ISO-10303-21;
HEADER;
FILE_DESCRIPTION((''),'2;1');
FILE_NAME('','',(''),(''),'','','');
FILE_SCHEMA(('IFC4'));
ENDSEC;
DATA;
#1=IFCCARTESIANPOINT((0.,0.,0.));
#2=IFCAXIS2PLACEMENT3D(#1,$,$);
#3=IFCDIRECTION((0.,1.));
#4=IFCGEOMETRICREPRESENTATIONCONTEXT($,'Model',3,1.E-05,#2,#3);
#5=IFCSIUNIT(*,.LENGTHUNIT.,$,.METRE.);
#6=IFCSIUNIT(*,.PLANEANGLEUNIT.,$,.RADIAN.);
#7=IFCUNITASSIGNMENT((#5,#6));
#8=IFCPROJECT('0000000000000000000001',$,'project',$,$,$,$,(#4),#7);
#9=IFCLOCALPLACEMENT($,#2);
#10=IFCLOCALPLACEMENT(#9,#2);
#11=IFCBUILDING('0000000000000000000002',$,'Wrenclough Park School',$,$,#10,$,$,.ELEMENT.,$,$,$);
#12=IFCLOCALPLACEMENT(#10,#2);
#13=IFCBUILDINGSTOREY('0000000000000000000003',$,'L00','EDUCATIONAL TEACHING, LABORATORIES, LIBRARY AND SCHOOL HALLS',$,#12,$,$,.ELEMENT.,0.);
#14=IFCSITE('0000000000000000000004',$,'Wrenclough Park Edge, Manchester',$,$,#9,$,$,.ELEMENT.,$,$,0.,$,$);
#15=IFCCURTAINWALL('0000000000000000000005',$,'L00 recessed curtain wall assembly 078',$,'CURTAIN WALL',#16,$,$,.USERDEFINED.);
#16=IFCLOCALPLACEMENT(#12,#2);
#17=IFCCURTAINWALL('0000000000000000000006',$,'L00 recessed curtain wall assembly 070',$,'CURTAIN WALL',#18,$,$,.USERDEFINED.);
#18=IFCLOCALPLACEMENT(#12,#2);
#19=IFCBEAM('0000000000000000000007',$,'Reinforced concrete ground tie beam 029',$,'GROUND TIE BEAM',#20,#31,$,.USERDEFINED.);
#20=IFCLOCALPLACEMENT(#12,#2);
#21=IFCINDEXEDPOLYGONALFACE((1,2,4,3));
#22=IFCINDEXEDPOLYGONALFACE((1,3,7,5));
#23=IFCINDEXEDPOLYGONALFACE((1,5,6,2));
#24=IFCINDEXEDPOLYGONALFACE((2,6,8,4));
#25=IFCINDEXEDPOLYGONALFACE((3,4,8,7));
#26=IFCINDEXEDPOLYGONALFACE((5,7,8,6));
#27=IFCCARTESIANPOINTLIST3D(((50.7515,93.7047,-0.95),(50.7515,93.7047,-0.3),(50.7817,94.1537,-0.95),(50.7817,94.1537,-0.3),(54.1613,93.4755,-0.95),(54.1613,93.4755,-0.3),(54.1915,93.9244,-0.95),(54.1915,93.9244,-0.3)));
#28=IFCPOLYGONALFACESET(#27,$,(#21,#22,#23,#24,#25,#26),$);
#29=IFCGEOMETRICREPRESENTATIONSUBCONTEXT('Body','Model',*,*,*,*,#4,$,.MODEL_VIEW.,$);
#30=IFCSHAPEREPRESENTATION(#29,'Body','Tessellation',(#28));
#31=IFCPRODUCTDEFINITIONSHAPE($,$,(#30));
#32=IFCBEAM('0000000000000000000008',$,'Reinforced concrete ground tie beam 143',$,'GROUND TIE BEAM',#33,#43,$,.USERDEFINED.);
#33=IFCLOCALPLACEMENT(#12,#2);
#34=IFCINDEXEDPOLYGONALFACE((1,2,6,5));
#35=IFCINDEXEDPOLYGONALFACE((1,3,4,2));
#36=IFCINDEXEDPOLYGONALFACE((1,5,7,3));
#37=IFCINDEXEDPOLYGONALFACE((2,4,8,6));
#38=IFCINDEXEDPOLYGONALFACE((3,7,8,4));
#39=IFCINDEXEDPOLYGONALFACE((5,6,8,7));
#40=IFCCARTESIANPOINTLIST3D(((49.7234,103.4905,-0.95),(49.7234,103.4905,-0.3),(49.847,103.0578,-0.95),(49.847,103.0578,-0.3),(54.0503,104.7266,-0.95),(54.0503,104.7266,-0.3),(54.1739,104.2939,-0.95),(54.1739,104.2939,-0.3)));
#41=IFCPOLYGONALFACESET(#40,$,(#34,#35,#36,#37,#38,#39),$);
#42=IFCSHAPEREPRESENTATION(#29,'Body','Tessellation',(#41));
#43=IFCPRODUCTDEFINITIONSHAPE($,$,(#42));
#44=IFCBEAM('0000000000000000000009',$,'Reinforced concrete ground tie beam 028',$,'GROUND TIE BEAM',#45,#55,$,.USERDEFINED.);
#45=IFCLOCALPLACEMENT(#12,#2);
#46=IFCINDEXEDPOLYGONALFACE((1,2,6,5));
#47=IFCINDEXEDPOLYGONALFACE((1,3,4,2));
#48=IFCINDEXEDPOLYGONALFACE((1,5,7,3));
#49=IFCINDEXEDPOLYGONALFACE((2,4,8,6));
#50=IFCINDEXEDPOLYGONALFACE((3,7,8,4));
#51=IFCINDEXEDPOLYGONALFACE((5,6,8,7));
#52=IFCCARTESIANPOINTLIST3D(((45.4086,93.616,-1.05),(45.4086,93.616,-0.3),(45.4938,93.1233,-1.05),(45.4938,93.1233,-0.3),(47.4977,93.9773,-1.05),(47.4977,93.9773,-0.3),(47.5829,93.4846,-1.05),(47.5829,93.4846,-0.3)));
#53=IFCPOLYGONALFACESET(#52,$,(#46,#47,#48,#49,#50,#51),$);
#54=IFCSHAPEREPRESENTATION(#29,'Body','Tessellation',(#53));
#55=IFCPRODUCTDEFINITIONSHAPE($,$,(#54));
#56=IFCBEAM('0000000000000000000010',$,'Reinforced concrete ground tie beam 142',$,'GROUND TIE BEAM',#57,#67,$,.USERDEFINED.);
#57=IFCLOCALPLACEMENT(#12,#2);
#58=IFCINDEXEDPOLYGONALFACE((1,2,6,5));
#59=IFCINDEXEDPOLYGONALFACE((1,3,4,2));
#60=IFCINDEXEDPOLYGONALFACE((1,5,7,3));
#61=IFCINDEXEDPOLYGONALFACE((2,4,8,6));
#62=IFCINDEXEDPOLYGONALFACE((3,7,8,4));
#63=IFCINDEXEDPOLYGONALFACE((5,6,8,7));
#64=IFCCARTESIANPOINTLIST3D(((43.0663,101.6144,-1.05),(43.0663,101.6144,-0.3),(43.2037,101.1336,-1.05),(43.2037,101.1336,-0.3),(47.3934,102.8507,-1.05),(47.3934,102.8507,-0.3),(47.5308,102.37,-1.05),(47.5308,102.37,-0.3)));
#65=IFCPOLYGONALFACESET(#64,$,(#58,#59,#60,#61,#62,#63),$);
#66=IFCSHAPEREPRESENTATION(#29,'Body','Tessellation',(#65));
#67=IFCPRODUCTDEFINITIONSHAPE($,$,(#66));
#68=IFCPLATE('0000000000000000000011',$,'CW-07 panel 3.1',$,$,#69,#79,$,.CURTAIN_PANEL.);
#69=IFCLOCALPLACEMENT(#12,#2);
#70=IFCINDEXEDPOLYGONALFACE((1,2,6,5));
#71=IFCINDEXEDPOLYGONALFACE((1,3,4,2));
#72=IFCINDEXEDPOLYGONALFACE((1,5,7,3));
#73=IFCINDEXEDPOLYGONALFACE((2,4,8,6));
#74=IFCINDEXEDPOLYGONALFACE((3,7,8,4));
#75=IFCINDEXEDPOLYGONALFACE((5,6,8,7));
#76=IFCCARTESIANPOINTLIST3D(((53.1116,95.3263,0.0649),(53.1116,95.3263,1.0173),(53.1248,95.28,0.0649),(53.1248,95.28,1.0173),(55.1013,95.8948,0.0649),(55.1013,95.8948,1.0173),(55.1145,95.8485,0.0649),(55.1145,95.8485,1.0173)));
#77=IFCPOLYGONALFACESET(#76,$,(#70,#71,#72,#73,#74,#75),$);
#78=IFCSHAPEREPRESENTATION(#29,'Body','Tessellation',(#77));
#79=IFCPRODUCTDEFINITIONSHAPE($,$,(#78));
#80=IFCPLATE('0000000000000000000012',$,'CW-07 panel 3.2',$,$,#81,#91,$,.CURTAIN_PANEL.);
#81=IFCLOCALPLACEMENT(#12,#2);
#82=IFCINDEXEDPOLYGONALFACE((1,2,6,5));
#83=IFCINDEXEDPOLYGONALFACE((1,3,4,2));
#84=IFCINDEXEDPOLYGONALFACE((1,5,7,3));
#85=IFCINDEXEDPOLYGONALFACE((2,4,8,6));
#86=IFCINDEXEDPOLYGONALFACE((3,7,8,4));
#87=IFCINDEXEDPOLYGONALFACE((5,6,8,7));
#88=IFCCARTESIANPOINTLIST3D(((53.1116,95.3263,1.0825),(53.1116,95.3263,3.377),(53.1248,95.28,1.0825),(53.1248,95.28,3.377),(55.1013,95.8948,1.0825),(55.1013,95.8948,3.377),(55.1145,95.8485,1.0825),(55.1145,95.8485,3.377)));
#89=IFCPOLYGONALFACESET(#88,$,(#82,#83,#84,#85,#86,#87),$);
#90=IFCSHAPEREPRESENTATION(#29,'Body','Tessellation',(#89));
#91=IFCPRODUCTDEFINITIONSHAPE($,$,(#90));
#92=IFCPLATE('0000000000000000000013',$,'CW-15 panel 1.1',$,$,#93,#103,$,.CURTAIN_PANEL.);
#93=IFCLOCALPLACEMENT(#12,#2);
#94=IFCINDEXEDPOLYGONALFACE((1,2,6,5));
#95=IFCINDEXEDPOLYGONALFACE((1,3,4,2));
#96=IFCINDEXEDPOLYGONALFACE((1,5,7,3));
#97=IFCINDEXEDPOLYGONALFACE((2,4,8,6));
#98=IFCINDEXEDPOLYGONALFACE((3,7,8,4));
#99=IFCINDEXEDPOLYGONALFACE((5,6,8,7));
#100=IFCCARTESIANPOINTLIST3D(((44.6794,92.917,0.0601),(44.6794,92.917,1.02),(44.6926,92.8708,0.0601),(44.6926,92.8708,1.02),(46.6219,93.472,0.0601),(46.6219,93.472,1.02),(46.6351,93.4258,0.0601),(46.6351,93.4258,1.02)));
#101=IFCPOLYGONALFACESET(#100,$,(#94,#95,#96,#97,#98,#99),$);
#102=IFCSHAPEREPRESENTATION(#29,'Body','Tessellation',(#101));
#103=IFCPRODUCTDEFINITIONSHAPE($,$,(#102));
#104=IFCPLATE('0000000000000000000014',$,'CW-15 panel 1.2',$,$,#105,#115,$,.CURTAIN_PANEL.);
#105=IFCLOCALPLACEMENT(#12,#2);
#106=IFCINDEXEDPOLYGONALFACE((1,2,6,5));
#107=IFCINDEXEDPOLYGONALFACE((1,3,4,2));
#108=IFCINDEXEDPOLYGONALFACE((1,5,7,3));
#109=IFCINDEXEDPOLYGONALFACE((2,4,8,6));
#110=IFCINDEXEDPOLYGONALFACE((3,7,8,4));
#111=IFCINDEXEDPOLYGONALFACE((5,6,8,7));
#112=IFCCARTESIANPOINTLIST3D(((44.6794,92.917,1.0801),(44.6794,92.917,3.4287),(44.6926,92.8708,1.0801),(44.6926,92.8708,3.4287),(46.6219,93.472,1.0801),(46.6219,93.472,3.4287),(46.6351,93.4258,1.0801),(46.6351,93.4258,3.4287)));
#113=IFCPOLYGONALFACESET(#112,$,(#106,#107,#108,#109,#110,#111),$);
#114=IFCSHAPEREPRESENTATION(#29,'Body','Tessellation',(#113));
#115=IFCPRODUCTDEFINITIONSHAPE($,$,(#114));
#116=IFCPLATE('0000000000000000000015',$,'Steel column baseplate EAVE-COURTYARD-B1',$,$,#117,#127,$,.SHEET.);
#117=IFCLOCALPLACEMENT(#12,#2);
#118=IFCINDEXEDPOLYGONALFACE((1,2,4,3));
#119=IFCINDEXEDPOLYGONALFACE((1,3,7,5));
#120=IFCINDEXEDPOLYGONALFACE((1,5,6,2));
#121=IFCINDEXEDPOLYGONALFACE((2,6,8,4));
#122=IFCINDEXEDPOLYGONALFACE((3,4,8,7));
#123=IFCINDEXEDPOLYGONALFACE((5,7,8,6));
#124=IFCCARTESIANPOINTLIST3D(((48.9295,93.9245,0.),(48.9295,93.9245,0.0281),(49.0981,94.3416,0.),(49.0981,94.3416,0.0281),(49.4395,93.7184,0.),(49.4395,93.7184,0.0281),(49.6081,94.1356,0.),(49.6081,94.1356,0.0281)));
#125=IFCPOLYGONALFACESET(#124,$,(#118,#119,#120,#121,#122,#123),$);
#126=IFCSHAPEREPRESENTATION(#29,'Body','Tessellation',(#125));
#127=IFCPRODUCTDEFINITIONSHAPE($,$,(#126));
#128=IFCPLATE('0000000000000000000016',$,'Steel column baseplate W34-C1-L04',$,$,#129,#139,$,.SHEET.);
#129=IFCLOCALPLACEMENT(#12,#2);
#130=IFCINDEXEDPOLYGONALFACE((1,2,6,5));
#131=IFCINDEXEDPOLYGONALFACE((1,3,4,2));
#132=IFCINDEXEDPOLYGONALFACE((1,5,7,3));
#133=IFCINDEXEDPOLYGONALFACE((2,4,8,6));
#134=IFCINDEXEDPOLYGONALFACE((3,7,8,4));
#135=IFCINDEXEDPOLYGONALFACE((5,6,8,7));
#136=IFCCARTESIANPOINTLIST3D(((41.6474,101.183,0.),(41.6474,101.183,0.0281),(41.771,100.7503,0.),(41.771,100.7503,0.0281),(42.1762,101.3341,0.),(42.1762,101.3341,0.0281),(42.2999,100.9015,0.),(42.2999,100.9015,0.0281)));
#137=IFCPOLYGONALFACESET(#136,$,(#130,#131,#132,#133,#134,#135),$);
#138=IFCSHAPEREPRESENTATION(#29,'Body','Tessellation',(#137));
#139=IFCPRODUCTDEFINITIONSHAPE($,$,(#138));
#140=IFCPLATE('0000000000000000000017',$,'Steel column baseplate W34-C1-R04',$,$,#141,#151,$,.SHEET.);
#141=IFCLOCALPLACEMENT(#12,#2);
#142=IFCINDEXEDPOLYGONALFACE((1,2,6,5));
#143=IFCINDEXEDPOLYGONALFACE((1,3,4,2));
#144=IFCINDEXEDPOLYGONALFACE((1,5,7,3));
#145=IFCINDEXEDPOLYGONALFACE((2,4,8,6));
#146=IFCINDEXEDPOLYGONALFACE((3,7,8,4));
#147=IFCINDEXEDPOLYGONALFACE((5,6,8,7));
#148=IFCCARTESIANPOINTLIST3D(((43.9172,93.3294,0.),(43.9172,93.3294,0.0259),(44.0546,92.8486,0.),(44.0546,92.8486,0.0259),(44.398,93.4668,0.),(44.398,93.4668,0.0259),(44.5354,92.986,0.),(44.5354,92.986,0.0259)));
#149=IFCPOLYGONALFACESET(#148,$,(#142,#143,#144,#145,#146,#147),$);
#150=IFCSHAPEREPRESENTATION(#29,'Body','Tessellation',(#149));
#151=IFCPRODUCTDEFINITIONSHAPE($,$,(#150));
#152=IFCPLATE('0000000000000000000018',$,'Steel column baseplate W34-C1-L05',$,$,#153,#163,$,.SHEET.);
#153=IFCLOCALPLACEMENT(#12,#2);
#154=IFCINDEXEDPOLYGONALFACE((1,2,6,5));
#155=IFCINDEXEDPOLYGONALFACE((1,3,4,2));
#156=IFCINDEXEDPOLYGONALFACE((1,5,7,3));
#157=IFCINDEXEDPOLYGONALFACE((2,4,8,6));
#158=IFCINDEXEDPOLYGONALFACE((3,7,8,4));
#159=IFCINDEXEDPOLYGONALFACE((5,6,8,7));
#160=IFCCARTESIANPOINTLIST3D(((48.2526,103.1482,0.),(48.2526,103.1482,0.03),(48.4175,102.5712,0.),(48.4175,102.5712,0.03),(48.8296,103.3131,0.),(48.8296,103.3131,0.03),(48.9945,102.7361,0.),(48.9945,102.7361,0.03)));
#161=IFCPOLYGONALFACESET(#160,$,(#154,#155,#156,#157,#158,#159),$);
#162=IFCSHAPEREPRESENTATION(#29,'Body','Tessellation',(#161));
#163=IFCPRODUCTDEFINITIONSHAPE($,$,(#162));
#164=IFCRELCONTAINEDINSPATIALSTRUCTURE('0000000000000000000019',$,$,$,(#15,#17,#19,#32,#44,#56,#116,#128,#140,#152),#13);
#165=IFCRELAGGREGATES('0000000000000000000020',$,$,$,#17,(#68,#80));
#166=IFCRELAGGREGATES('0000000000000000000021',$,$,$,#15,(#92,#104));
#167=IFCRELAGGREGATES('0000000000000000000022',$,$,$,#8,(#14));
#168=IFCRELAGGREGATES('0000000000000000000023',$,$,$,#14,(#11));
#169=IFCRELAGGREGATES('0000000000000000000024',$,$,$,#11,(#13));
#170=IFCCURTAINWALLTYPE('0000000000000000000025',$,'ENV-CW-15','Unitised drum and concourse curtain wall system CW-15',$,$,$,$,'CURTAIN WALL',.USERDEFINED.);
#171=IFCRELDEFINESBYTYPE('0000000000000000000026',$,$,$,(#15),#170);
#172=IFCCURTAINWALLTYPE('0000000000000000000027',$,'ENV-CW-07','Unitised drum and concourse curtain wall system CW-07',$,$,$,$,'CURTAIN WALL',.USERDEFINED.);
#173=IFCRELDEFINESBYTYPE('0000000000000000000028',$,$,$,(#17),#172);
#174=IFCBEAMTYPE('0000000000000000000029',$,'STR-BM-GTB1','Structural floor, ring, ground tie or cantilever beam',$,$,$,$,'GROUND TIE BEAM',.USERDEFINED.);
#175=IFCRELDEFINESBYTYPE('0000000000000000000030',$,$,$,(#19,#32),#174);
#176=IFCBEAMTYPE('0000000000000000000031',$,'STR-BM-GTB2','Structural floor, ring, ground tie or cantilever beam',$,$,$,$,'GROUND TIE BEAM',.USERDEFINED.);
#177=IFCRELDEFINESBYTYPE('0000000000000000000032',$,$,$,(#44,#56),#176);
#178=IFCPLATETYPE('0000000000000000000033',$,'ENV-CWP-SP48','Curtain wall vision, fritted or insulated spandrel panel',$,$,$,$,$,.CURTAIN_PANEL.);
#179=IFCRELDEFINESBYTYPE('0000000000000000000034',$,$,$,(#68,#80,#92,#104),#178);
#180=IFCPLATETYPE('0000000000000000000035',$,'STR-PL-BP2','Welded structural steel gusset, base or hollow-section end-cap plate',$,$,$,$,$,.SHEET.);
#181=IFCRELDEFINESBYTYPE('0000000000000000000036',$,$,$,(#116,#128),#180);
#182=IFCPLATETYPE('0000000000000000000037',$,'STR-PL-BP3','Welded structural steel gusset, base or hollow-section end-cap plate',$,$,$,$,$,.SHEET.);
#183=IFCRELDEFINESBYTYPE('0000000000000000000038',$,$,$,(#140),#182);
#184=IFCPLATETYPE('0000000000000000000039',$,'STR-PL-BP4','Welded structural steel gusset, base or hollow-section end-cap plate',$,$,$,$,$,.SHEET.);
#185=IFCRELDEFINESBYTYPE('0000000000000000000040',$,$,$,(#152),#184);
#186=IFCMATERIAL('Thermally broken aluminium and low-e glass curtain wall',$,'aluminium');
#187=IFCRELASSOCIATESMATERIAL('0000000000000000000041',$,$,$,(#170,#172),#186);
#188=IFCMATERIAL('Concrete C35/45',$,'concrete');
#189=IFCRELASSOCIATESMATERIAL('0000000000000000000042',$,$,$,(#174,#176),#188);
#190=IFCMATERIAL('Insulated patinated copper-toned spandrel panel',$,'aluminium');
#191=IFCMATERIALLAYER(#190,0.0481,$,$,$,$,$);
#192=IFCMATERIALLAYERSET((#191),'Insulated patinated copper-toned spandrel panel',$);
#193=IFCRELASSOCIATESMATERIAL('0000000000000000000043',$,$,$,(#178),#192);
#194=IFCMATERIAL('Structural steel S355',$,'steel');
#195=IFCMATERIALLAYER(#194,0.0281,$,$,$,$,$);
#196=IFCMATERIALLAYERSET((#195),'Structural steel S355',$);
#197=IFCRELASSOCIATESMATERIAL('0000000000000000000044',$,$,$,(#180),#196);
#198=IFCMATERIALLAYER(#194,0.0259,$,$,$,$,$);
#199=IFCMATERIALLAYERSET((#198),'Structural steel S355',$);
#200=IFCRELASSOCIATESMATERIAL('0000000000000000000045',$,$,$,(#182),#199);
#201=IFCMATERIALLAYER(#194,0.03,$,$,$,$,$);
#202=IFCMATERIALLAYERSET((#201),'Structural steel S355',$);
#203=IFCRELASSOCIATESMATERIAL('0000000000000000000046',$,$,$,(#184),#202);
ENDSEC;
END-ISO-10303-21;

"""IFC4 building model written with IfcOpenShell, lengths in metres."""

from ifc_helpers import new_model, si_unit, direction, frame, origin, origin_2d, place, context, subcontext, project, spatial, rectangle, extrude, material, layer, layer_set, material_profile, profile_set, type_object, element, aggregate, save


model = new_model("IFC4")

# Units and contexts
model_context = context("Model", 3, precision=1e-05, world=origin(), true_north=direction((0.0, 1.0)))
body_context = subcontext(model_context, "Body", "Model", "MODEL_VIEW")
ifc_project = project(units=[si_unit("LENGTHUNIT", "METRE"), si_unit("PLANEANGLEUNIT", "RADIAN")], contexts=[model_context])

# Site, building, storey
site_placement = place(None, origin())
site = spatial("IfcSite", under=ifc_project, at=site_placement, Name="Wrenclough Park Edge, Manchester", CompositionType="ELEMENT", RefElevation=0.0)
building_placement = place(site_placement, origin())
building = spatial("IfcBuilding", under=site, at=building_placement, Name="Wrenclough Park School", CompositionType="ELEMENT")
storey_placement = place(building_placement, origin())
storey = spatial("IfcBuildingStorey", under=building, at=storey_placement, Name="L00", Description="EDUCATIONAL TEACHING, LABORATORIES, LIBRARY AND SCHOOL HALLS", CompositionType="ELEMENT", Elevation=0.0)

# Shared definitions
ifc_material_1 = material(Name="Concrete C35/45", Category="concrete")

# Shared definitions
ifc_material_2 = material(Name="Structural steel S355", Category="steel")

# Curtain walls
ifc_material_3 = material(Name="Thermally broken aluminium and low-e glass curtain wall", Category="aluminium")
curtain_wall_type_1 = type_object("IfcCurtainWallType", Name="ENV-CW-15", Description="Unitised drum and concourse curtain wall system CW-15", ElementType="CURTAIN WALL", PredefinedType="USERDEFINED", material=ifc_material_3)
curtain_wall_1_placement = place(storey_placement, origin())
curtain_wall_1 = element("IfcCurtainWall", 1, at=curtain_wall_1_placement, inside=storey, type_object=curtain_wall_type_1, Name="L00 recessed curtain wall assembly 078", ObjectType="CURTAIN WALL", PredefinedType="USERDEFINED")
curtain_wall_type_2 = type_object("IfcCurtainWallType", Name="ENV-CW-07", Description="Unitised drum and concourse curtain wall system CW-07", ElementType="CURTAIN WALL", PredefinedType="USERDEFINED", material=ifc_material_3)
curtain_wall_2_placement = place(storey_placement, origin())
curtain_wall_2 = element("IfcCurtainWall", 2, at=curtain_wall_2_placement, inside=storey, type_object=curtain_wall_type_2, Name="L00 recessed curtain wall assembly 070", ObjectType="CURTAIN WALL", PredefinedType="USERDEFINED")

# Beams
ifc_material_profile_1 = material_profile(ifc_material_1, rectangle(XDim=0.45, YDim=0.6499, at=origin_2d()), Name="RC GROUND 450x650")
ifc_profile_set_1 = profile_set([ifc_material_profile_1], Name="Concrete C35/45")
beam_type_1 = type_object("IfcBeamType", Name="STR-BM-GTB1", Description="Structural floor, ring, ground tie or cantilever beam", ElementType="GROUND TIE BEAM", PredefinedType="USERDEFINED", material=ifc_profile_set_1)
beam_1_placement = place(storey_placement, frame((50.7666, 93.9292, -0.625), z_axis=(0.997747, -0.067083, 0.0), x_axis=(0.067083, 0.997747, 0.0)))
element("IfcBeam", 3, at=beam_1_placement, inside=storey, type_object=beam_type_1, Name="Reinforced concrete ground tie beam 029", ObjectType="GROUND TIE BEAM", PredefinedType="USERDEFINED", context=body_context, shape_type="SweptSolid", body=[
    extrude(rectangle(XDim=0.45, YDim=0.6499, at=origin_2d()), origin(), (0.0, 0.0, 1.0), 3.4175),
])
beam_2_placement = place(storey_placement, frame((49.7852, 103.2742, -0.625), z_axis=(0.961534, 0.274685, 0.0), x_axis=(-0.274685, 0.961534, 0.0)))
element("IfcBeam", 4, at=beam_2_placement, inside=storey, type_object=beam_type_1, Name="Reinforced concrete ground tie beam 143", ObjectType="GROUND TIE BEAM", PredefinedType="USERDEFINED", context=body_context, shape_type="SweptSolid", body=[
    extrude(rectangle(XDim=0.45, YDim=0.6499, at=origin_2d()), origin(), (0.0, 0.0, 1.0), 4.5),
])
ifc_material_profile_2 = material_profile(ifc_material_1, rectangle(XDim=0.5, YDim=0.75, at=origin_2d()), Name="RC GROUND 500x750")
ifc_profile_set_2 = profile_set([ifc_material_profile_2], Name="Concrete C35/45")
beam_type_2 = type_object("IfcBeamType", Name="STR-BM-GTB2", Description="Structural floor, ring, ground tie or cantilever beam", ElementType="GROUND TIE BEAM", PredefinedType="USERDEFINED", material=ifc_profile_set_2)
beam_3_placement = place(storey_placement, frame((47.5403, 93.731, -0.675), z_axis=(-0.98537, -0.170427, 0.0), x_axis=(0.170427, -0.98537, 0.0)))
element("IfcBeam", 5, at=beam_3_placement, inside=storey, type_object=beam_type_2, Name="Reinforced concrete ground tie beam 028", ObjectType="GROUND TIE BEAM", PredefinedType="USERDEFINED", context=body_context, shape_type="SweptSolid", body=[
    extrude(rectangle(XDim=0.5, YDim=0.75, at=origin_2d()), origin(), (0.0, 0.0, 1.0), 2.1201),
])
beam_4_placement = place(storey_placement, frame((43.135, 101.374, -0.675), z_axis=(0.961524, 0.274721, 0.0), x_axis=(-0.274721, 0.961524, 0.0)))
element("IfcBeam", 6, at=beam_4_placement, inside=storey, type_object=beam_type_2, Name="Reinforced concrete ground tie beam 142", ObjectType="GROUND TIE BEAM", PredefinedType="USERDEFINED", context=body_context, shape_type="SweptSolid", body=[
    extrude(rectangle(XDim=0.5, YDim=0.75, at=origin_2d()), origin(), (0.0, 0.0, 1.0), 4.5002),
])

# Plates
ifc_material_4 = material(Name="Insulated patinated copper-toned spandrel panel", Category="aluminium")
ifc_layer_1 = layer(ifc_material_4, 0.0481)
ifc_layer_set_1 = layer_set([ifc_layer_1], Name="Insulated patinated copper-toned spandrel panel")
plate_type_1 = type_object("IfcPlateType", Name="ENV-CWP-SP48", Description="Curtain wall vision, fritted or insulated spandrel panel", PredefinedType="CURTAIN_PANEL", material=ifc_layer_set_1)
plate_1_placement = place(storey_placement, frame((54.113, 95.5874, 0.0649), z_axis=(0.0, 0.0, 1.0), x_axis=(-0.961523, -0.274723, 0.0)))
plate_1 = element("IfcPlate", 7, at=plate_1_placement, type_object=plate_type_1, Name="CW-07 panel 3.1", PredefinedType="CURTAIN_PANEL", context=body_context, shape_type="SweptSolid", body=[
    extrude(rectangle(XDim=2.0693, YDim=0.0481, at=origin_2d()), origin(), (0.0, 0.0, 1.0), 0.9524),
])
plate_2_placement = place(storey_placement, frame((54.113, 95.5874, 1.0825), z_axis=(0.0, 0.0, 1.0), x_axis=(-0.961523, -0.274723, 0.0)))
plate_2 = element("IfcPlate", 8, at=plate_2_placement, type_object=plate_type_1, Name="CW-07 panel 3.2", PredefinedType="CURTAIN_PANEL", context=body_context, shape_type="SweptSolid", body=[
    extrude(rectangle(XDim=2.0693, YDim=0.0481, at=origin_2d()), origin(), (0.0, 0.0, 1.0), 2.2944),
])
aggregate(curtain_wall_2, [plate_1, plate_2])
plate_3_placement = place(storey_placement, frame((45.6572, 93.1714, 0.0601), z_axis=(0.0, 0.0, 1.0), x_axis=(-0.961527, -0.274711, 0.0)))
plate_3 = element("IfcPlate", 9, at=plate_3_placement, type_object=plate_type_1, Name="CW-15 panel 1.1", PredefinedType="CURTAIN_PANEL", context=body_context, shape_type="SweptSolid", body=[
    extrude(rectangle(XDim=2.0203, YDim=0.0481, at=origin_2d()), origin(), (0.0, 0.0, 1.0), 0.96),
])
plate_4_placement = place(storey_placement, frame((45.6572, 93.1714, 1.0801), z_axis=(0.0, 0.0, 1.0), x_axis=(-0.961527, -0.274711, 0.0)))
plate_4 = element("IfcPlate", 10, at=plate_4_placement, type_object=plate_type_1, Name="CW-15 panel 1.2", PredefinedType="CURTAIN_PANEL", context=body_context, shape_type="SweptSolid", body=[
    extrude(rectangle(XDim=2.0203, YDim=0.0481, at=origin_2d()), origin(), (0.0, 0.0, 1.0), 2.3486),
])
aggregate(curtain_wall_1, [plate_3, plate_4])

# Plates
ifc_layer_2 = layer(ifc_material_2, 0.0281)
ifc_layer_set_2 = layer_set([ifc_layer_2], Name="Structural steel S355")
plate_type_2 = type_object("IfcPlateType", Name="STR-PL-BP2", Description="Welded structural steel gusset, base or hollow-section end-cap plate", PredefinedType="SHEET", material=ifc_layer_set_2)
for number, where, z_axis, x_axis, name in (
    (11, (49.2688, 94.03, 0.0), (0.0, 0.0, 1.0), (0.927184, -0.374607, 0.0), "Steel column baseplate EAVE-COURTYARD-B1"),
    (12, (41.9736, 101.0422, 0.0), (0.0, 0.0, 1.0), (0.961502, 0.274798, 0.0), "Steel column baseplate W34-C1-L04"),
):
    element("IfcPlate", number, at=place(storey_placement, frame(where, z_axis=z_axis, x_axis=x_axis)), inside=storey, type_object=plate_type_2, Name=name, PredefinedType="SHEET", context=body_context, shape_type="SweptSolid", body=[
        extrude(rectangle(XDim=0.55, YDim=0.45, at=origin_2d()), origin(), (0.0, 0.0, 1.0), 0.0281),
    ])
ifc_layer_3 = layer(ifc_material_2, 0.0259)
ifc_layer_set_3 = layer_set([ifc_layer_3], Name="Structural steel S355")
plate_type_3 = type_object("IfcPlateType", Name="STR-PL-BP3", Description="Welded structural steel gusset, base or hollow-section end-cap plate", PredefinedType="SHEET", material=ifc_layer_set_3)
plate_5_placement = place(storey_placement, frame((44.2263, 93.1577, 0.0), z_axis=(0.0, 0.0, 1.0), x_axis=(0.961502, 0.274798, 0.0)))
element("IfcPlate", 13, at=plate_5_placement, inside=storey, type_object=plate_type_3, Name="Steel column baseplate W34-C1-R04", PredefinedType="SHEET", context=body_context, shape_type="SweptSolid", body=[
    extrude(rectangle(XDim=0.5, YDim=0.5, at=origin_2d()), origin(), (0.0, 0.0, 1.0), 0.0259),
])
ifc_layer_4 = layer(ifc_material_2, 0.03)
ifc_layer_set_4 = layer_set([ifc_layer_4], Name="Structural steel S355")
plate_type_4 = type_object("IfcPlateType", Name="STR-PL-BP4", Description="Welded structural steel gusset, base or hollow-section end-cap plate", PredefinedType="SHEET", material=ifc_layer_set_4)
plate_6_placement = place(storey_placement, frame((48.6235, 102.9421, 0.0), z_axis=(0.0, 0.0, 1.0), x_axis=(0.961502, 0.274798, 0.0)))
element("IfcPlate", 14, at=plate_6_placement, inside=storey, type_object=plate_type_4, Name="Steel column baseplate W34-C1-L05", PredefinedType="SHEET", context=body_context, shape_type="SweptSolid", body=[
    extrude(rectangle(XDim=0.6001, YDim=0.6001, at=origin_2d()), origin(), (0.0, 0.0, 1.0), 0.03),
])

save(model, "model.ifc")
